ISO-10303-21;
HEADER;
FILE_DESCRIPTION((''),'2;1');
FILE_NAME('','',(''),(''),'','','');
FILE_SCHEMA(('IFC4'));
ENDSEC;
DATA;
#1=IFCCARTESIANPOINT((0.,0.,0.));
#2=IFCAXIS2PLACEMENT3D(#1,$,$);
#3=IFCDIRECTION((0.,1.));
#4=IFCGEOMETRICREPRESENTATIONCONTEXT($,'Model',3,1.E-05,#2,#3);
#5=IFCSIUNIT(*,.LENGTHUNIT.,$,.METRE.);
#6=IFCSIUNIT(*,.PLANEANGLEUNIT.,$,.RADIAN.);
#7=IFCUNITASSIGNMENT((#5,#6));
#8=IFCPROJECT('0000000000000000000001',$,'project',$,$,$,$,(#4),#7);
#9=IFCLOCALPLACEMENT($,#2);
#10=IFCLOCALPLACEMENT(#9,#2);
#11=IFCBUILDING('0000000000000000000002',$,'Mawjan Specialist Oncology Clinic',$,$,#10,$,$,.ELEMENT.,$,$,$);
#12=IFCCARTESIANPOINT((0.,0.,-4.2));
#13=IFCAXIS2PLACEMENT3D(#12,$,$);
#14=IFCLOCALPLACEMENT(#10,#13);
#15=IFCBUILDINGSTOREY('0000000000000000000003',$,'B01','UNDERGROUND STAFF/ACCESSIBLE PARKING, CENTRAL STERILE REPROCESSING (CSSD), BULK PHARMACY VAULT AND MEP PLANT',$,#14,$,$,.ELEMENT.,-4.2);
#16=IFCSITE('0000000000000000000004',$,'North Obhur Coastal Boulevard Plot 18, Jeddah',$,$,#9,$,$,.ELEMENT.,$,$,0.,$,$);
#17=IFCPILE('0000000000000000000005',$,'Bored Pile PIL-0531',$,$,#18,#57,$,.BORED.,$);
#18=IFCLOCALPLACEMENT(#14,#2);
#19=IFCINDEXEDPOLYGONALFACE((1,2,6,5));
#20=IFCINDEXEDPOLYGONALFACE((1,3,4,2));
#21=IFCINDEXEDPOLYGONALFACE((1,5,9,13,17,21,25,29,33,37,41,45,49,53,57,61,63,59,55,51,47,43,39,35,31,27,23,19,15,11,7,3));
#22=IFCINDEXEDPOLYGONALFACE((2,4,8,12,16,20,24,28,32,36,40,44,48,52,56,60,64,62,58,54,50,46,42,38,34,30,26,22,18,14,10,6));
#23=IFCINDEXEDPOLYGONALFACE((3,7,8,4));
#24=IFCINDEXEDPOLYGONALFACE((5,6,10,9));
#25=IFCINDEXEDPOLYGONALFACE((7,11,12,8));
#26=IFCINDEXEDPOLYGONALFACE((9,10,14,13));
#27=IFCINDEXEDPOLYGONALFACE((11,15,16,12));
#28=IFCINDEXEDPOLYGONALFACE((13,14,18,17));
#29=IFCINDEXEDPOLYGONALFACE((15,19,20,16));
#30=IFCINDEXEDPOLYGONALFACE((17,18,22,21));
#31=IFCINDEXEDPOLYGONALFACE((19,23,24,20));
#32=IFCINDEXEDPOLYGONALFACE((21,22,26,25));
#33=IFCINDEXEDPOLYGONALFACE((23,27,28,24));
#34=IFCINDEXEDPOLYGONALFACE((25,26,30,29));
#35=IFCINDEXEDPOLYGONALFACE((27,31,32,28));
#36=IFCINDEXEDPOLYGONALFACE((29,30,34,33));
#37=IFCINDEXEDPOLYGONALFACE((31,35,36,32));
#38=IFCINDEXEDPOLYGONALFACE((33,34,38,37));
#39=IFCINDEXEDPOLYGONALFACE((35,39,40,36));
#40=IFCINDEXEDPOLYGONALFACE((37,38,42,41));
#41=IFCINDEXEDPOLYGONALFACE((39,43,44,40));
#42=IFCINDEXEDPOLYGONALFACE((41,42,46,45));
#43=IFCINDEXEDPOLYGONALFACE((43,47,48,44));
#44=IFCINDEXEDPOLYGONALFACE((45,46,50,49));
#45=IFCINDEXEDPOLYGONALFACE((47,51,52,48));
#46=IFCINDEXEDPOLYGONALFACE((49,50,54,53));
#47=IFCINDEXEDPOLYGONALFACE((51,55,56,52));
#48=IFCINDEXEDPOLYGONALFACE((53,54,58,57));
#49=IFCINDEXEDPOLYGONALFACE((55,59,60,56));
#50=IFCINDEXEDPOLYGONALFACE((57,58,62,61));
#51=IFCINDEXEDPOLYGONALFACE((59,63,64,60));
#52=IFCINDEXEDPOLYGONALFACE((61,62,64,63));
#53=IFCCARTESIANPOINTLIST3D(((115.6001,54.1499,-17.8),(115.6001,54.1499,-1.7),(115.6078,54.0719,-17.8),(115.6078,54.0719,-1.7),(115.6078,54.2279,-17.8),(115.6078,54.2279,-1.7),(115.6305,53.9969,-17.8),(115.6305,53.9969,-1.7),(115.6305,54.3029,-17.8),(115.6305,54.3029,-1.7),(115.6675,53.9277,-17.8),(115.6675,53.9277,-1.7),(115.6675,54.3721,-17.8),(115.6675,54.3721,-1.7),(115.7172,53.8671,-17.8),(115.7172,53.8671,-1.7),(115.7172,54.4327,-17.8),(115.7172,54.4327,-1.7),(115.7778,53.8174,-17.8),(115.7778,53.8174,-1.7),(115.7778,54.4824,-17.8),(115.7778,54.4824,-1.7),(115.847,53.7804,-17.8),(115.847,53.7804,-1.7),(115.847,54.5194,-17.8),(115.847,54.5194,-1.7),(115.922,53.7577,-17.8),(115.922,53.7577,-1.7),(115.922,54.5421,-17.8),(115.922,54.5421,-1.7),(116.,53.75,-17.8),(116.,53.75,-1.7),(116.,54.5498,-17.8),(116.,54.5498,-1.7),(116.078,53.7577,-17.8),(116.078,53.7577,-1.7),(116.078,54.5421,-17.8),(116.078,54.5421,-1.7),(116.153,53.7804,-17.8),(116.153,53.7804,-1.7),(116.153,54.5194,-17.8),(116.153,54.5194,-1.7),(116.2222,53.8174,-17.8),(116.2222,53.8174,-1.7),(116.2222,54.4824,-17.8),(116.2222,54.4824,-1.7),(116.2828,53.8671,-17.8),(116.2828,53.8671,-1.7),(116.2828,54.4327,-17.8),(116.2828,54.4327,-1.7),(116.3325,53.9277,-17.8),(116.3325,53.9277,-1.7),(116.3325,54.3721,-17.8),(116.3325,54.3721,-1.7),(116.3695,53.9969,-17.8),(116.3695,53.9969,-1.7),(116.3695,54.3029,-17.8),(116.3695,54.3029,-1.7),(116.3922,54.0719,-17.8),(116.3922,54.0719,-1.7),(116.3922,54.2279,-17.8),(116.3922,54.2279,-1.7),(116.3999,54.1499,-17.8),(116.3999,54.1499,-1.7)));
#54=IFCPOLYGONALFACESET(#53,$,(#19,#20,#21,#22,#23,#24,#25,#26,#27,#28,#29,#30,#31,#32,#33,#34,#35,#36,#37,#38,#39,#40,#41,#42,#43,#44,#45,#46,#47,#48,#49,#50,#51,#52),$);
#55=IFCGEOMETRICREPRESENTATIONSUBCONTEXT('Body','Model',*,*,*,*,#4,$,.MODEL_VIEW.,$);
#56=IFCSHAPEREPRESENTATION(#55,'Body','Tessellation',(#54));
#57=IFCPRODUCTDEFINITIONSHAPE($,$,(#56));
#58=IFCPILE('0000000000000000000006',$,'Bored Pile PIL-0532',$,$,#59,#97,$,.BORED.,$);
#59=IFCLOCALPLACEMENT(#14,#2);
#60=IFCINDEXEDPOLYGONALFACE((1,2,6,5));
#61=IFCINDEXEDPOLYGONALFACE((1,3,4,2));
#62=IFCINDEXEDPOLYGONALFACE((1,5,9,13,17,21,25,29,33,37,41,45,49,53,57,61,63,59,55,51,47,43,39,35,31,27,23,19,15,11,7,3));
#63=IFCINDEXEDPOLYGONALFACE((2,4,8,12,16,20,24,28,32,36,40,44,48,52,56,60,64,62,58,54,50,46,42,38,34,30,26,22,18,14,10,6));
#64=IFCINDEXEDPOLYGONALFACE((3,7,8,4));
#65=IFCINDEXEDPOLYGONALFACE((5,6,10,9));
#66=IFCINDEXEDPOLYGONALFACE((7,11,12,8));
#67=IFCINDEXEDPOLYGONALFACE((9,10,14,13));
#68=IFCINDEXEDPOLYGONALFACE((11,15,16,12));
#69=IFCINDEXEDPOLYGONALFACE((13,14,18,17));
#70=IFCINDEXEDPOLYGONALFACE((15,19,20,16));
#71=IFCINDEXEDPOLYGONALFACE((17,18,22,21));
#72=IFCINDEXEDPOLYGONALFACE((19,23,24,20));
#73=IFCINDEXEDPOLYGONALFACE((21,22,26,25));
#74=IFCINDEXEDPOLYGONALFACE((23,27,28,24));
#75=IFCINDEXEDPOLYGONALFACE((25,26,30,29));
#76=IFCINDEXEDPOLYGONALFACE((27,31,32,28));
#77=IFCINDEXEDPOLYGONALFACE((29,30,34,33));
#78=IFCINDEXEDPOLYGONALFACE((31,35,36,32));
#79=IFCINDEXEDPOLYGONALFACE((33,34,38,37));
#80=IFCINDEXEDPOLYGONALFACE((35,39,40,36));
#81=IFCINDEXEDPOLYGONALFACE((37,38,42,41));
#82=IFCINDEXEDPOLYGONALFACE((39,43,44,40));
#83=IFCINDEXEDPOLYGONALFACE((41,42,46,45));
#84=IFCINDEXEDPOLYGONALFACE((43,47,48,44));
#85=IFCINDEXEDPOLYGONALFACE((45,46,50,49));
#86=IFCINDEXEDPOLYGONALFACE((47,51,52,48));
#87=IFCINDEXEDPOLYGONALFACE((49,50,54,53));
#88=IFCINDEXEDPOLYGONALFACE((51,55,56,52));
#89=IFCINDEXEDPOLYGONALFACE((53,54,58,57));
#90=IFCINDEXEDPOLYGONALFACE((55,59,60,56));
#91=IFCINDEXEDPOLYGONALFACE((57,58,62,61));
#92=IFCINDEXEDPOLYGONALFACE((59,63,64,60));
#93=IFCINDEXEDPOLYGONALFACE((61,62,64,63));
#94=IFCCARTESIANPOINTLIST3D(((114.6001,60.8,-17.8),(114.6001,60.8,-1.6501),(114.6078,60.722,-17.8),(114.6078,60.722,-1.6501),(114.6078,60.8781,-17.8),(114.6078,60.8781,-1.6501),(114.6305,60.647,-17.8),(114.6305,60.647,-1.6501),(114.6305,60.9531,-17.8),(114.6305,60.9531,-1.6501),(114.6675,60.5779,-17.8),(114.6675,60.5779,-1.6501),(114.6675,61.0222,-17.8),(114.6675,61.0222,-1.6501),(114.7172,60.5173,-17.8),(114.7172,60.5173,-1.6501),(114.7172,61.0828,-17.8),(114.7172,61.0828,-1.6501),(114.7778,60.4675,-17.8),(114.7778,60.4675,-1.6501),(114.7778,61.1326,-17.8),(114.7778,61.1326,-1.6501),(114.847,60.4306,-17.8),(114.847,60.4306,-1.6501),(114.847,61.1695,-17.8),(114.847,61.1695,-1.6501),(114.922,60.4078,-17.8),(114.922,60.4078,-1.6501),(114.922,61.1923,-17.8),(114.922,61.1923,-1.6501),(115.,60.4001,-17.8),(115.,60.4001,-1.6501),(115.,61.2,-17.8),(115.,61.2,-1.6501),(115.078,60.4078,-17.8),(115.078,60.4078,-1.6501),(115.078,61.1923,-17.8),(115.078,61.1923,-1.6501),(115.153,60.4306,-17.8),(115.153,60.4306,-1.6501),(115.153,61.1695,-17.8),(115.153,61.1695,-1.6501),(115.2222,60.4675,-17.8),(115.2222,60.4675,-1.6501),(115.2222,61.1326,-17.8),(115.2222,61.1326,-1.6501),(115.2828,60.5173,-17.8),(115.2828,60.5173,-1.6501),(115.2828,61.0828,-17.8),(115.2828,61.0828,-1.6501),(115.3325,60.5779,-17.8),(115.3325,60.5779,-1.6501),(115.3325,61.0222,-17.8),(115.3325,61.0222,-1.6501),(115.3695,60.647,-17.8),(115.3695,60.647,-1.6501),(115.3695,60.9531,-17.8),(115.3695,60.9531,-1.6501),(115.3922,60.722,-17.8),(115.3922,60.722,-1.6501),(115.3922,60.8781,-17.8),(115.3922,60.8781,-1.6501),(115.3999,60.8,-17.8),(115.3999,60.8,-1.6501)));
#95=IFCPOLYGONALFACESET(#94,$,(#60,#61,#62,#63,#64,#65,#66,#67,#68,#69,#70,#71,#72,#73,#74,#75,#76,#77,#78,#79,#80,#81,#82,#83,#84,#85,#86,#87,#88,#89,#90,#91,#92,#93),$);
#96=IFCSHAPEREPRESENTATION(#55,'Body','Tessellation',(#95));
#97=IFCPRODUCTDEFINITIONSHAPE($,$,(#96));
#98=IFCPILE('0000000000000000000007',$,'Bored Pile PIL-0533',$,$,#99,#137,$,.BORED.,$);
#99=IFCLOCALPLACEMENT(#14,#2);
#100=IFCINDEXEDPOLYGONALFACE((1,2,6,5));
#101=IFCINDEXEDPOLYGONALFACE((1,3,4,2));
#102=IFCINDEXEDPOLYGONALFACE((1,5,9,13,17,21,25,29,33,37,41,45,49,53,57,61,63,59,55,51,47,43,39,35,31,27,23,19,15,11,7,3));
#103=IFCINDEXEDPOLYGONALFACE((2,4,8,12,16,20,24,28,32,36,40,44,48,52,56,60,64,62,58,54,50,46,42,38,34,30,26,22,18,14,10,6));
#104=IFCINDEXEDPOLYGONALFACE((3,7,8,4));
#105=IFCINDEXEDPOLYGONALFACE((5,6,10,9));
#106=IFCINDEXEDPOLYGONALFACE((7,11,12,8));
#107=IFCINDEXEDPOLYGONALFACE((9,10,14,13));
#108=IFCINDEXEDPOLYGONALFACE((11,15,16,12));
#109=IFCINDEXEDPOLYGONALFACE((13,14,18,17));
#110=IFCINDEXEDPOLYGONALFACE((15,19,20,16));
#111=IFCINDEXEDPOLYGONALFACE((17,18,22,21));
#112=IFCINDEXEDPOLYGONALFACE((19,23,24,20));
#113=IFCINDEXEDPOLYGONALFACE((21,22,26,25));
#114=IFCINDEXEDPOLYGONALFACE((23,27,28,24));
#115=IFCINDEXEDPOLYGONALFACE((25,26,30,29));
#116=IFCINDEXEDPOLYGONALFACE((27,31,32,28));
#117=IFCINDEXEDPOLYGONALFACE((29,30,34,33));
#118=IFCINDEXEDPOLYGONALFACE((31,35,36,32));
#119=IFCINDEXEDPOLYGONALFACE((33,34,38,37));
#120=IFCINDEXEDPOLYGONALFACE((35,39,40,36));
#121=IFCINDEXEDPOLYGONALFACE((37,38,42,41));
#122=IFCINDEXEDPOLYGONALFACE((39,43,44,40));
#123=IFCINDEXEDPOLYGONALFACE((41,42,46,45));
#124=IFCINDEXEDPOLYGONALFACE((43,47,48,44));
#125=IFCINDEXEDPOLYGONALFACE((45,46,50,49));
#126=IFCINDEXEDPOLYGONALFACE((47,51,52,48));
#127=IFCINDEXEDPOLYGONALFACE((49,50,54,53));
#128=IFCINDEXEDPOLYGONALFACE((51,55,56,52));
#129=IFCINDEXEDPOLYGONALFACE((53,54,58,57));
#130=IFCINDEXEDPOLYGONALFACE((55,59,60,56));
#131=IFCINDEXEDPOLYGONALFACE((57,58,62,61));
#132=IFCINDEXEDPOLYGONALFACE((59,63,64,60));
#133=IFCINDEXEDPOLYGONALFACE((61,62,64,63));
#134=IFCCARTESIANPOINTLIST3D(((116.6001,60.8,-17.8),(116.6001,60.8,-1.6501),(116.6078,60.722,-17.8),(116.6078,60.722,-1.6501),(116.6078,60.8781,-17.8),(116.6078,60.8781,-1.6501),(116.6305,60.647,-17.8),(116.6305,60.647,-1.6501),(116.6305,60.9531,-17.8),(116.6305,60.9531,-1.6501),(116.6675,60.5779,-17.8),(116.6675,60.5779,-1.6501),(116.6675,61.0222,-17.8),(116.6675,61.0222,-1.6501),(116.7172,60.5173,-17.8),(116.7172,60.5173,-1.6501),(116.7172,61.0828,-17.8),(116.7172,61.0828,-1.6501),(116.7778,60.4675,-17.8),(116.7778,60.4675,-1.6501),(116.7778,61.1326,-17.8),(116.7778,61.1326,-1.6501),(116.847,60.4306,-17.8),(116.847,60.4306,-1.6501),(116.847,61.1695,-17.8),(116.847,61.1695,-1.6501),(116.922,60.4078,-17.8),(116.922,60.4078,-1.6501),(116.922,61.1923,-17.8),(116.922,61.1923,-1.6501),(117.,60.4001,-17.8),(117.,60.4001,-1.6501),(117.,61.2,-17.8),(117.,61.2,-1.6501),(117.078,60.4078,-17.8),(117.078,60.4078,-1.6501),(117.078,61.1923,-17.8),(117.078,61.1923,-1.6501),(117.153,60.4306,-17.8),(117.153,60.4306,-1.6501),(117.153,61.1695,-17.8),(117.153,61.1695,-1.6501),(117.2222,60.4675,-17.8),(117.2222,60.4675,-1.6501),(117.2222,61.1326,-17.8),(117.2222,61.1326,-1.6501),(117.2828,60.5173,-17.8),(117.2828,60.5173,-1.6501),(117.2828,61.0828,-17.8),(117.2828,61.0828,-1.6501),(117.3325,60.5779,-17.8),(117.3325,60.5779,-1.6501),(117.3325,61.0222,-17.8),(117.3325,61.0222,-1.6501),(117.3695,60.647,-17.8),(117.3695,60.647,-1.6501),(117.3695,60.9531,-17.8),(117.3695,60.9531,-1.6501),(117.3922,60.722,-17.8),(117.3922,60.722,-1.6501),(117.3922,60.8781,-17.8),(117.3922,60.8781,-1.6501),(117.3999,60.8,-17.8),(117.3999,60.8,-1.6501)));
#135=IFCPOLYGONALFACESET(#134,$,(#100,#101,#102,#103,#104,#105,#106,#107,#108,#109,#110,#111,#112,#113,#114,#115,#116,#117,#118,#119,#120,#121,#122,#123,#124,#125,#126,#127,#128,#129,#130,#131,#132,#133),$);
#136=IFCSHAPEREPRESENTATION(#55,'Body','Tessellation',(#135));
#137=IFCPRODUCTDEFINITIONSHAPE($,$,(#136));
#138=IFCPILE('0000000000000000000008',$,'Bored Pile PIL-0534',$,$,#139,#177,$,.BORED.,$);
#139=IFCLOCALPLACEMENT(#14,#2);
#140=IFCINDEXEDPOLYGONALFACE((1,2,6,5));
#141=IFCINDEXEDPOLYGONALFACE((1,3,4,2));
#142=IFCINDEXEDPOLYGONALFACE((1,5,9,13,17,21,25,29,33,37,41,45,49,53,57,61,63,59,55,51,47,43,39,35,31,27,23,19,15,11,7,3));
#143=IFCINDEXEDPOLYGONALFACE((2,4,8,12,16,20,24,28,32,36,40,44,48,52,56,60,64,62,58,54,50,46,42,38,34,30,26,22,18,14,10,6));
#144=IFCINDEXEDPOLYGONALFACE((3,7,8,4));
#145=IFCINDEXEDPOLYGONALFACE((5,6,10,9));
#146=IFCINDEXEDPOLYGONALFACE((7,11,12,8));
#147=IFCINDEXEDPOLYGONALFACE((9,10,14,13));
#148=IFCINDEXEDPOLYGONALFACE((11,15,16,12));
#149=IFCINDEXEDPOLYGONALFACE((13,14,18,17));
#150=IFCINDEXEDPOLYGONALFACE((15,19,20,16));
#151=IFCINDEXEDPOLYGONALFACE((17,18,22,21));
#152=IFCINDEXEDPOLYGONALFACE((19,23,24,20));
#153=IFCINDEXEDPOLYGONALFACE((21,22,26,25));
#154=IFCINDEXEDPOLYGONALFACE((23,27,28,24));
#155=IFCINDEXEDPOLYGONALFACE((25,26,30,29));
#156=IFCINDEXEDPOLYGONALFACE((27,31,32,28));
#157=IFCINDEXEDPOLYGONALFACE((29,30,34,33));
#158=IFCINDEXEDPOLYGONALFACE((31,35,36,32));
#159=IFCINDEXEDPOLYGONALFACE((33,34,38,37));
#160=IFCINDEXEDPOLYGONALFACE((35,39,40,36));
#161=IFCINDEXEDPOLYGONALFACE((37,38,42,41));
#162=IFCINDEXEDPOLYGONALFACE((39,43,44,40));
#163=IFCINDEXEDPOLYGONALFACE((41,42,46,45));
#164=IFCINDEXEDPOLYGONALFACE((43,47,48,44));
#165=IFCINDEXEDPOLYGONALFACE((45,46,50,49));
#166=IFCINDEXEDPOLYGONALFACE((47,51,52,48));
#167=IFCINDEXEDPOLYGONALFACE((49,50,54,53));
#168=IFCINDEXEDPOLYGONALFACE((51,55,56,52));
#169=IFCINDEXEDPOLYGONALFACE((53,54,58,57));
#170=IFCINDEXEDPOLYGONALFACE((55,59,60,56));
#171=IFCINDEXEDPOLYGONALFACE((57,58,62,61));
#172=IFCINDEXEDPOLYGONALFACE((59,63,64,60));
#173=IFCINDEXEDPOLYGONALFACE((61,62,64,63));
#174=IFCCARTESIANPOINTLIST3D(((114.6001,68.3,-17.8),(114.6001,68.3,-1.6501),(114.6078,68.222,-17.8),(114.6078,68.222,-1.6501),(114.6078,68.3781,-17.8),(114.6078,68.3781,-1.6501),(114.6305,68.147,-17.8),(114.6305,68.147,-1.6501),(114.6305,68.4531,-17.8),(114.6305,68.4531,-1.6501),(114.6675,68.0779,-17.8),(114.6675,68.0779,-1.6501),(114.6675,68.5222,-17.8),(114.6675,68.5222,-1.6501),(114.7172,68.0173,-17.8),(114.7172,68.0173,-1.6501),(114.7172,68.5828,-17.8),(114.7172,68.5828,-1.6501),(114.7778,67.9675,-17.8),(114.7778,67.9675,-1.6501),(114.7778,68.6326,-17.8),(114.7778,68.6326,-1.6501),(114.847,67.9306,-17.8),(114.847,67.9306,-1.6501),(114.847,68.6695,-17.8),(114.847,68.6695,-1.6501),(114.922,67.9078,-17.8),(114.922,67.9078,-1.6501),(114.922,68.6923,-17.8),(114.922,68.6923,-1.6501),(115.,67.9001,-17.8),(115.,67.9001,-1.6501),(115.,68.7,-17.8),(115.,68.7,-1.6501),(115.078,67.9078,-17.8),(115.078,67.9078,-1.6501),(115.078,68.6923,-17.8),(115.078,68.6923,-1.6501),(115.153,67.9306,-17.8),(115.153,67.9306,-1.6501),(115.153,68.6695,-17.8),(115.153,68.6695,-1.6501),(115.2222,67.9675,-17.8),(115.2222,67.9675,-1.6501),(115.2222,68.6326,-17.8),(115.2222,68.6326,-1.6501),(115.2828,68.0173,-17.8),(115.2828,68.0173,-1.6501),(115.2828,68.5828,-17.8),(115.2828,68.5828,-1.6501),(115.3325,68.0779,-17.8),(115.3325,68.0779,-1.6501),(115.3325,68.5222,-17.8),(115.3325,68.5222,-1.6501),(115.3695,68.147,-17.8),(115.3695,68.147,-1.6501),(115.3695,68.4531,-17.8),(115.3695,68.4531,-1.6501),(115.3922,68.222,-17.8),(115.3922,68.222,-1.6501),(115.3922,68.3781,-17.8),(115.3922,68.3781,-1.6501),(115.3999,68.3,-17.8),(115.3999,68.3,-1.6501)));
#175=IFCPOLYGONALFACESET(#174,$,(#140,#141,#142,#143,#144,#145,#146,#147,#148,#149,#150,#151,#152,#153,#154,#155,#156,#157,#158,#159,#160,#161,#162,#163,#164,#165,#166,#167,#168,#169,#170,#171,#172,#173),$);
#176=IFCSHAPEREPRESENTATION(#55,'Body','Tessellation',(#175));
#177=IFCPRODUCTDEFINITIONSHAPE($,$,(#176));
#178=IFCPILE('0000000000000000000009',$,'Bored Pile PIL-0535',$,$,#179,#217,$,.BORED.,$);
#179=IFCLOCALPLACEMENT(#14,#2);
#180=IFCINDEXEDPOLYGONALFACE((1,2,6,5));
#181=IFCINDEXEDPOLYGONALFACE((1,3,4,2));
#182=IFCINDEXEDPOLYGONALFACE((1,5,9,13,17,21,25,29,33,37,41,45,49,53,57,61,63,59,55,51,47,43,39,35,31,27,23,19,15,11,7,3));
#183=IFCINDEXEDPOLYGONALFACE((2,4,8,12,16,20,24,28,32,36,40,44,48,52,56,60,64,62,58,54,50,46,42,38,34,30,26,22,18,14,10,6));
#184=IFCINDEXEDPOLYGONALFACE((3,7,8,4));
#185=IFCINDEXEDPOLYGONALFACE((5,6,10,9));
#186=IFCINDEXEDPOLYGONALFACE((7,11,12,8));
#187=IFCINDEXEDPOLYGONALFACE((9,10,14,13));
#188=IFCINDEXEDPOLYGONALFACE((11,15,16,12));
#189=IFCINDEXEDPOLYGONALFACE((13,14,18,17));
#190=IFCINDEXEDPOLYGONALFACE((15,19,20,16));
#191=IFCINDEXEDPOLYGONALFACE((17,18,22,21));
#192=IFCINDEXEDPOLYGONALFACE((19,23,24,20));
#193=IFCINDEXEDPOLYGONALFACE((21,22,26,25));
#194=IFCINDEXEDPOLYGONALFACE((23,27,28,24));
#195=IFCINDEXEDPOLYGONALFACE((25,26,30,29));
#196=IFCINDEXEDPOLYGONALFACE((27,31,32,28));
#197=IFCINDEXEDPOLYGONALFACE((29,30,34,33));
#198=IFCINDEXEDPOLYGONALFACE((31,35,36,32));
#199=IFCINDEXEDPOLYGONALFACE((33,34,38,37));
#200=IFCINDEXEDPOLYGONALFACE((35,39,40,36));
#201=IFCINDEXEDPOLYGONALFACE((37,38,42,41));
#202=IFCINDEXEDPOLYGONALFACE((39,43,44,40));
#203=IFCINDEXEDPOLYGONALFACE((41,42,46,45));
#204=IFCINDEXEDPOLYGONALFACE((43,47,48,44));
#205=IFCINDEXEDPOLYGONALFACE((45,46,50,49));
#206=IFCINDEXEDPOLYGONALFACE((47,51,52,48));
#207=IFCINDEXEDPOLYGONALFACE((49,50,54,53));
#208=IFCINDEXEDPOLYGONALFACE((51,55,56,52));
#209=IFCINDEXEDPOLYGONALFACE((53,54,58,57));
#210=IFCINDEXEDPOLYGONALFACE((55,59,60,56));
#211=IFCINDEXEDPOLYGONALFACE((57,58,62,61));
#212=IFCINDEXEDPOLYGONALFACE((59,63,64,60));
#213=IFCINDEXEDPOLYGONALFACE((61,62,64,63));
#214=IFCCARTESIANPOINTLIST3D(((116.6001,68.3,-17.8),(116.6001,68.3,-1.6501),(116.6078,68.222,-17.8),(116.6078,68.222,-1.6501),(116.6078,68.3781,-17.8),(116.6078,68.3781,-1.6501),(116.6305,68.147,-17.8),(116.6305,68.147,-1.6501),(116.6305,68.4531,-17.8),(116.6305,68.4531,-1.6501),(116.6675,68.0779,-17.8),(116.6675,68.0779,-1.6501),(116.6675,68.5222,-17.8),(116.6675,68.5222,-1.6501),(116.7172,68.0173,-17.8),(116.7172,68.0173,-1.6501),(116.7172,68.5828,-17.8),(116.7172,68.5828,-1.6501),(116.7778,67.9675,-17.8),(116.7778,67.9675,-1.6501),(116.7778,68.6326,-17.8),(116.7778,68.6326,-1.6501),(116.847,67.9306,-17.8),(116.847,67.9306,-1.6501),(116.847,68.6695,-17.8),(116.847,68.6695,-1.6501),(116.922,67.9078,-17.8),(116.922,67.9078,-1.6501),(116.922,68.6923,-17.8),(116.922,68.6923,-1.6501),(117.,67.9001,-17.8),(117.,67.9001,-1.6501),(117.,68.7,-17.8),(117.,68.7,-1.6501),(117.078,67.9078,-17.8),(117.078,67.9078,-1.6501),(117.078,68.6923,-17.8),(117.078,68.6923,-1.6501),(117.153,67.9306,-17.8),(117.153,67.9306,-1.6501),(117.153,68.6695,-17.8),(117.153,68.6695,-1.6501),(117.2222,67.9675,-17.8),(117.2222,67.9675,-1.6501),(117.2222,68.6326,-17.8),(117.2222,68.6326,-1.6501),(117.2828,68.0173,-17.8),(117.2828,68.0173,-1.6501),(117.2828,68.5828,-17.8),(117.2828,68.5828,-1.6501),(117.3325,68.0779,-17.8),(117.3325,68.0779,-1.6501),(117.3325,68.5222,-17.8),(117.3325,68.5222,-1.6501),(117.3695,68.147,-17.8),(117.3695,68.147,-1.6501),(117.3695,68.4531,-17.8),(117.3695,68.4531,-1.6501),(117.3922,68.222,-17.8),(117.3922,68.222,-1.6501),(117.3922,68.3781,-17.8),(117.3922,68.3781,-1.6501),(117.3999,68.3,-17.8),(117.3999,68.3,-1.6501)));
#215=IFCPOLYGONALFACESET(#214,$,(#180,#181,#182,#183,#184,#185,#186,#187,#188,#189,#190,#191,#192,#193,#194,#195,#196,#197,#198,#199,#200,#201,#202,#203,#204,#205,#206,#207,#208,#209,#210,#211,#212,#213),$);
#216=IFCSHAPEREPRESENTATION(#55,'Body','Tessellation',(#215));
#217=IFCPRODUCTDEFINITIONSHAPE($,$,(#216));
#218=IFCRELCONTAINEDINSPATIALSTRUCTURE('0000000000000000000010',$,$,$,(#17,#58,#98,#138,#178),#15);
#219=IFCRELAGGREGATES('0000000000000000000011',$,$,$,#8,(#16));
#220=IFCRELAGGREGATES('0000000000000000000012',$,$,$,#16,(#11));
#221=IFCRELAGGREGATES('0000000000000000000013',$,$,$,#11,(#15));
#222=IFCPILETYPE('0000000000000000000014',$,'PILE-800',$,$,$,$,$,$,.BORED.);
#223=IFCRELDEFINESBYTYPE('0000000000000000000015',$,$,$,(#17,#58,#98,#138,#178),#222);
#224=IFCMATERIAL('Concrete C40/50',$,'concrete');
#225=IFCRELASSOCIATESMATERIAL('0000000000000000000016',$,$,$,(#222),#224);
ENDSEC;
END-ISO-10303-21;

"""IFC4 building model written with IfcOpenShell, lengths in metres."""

from ifc_helpers import new_model, si_unit, direction, frame, origin, origin_2d, place, context, subcontext, project, spatial, circle, extrude, material, material_profile, profile_set, type_object, element, save


model = new_model("IFC4")

# Units and contexts
model_context = context("Model", 3, precision=1e-05, world=origin(), true_north=direction((0.0, 1.0)))
body_context = subcontext(model_context, "Body", "Model", "MODEL_VIEW")
ifc_project = project(units=[si_unit("LENGTHUNIT", "METRE"), si_unit("PLANEANGLEUNIT", "RADIAN")], contexts=[model_context])

# Site, building, storey
site_placement = place(None, origin())
site = spatial("IfcSite", under=ifc_project, at=site_placement, Name="North Obhur Coastal Boulevard Plot 18, Jeddah", CompositionType="ELEMENT", RefElevation=0.0)
building_placement = place(site_placement, origin())
building = spatial("IfcBuilding", under=site, at=building_placement, Name="Mawjan Specialist Oncology Clinic", CompositionType="ELEMENT")
storey_placement = place(building_placement, frame((0.0, 0.0, -4.2)))
storey = spatial("IfcBuildingStorey", under=building, at=storey_placement, Name="B01", Description="UNDERGROUND STAFF/ACCESSIBLE PARKING, CENTRAL STERILE REPROCESSING (CSSD), BULK PHARMACY VAULT AND MEP PLANT", CompositionType="ELEMENT", Elevation=-4.2)

# Piles
ifc_material_1 = material(Name="Concrete C40/50", Category="concrete")
ifc_material_profile_1 = material_profile(ifc_material_1, circle(Radius=0.3999, at=origin_2d()), Name="BORED PILE D800", Category="concrete")
ifc_profile_set_1 = profile_set([ifc_material_profile_1], Name="Concrete C40/50")
pile_type_1 = type_object("IfcPileType", Name="PILE-800", PredefinedType="BORED", material=ifc_profile_set_1)
pile_1_placement = place(storey_placement, frame((116.0, 54.1499, -1.7), z_axis=(0.0, 0.0, -1.0), x_axis=(1.0, 0.0, 0.0)))
element("IfcPile", 1, at=pile_1_placement, inside=storey, type_object=pile_type_1, Name="Bored Pile PIL-0531", PredefinedType="BORED", context=body_context, shape_type="SweptSolid", body=[
    extrude(circle(Radius=0.3999, at=origin_2d()), origin(), (0.0, 0.0, 1.0), 16.1001),
])
for number, where, z_axis, x_axis, name in (
    (2, (115.0, 60.8, -1.6501), (0.0, 0.0, -1.0), (1.0, 0.0, 0.0), "Bored Pile PIL-0532"),
    (3, (117.0, 60.8, -1.6501), (0.0, 0.0, -1.0), (1.0, 0.0, 0.0), "Bored Pile PIL-0533"),
    (4, (115.0, 68.3, -1.6501), (0.0, 0.0, -1.0), (1.0, 0.0, 0.0), "Bored Pile PIL-0534"),
    (5, (117.0, 68.3, -1.6501), (0.0, 0.0, -1.0), (1.0, 0.0, 0.0), "Bored Pile PIL-0535"),
):
    element("IfcPile", number, at=place(storey_placement, frame(where, z_axis=z_axis, x_axis=x_axis)), inside=storey, type_object=pile_type_1, Name=name, PredefinedType="BORED", context=body_context, shape_type="SweptSolid", body=[
        extrude(circle(Radius=0.3999, at=origin_2d()), origin(), (0.0, 0.0, 1.0), 16.1499),
    ])

save(model, "model.ifc")
